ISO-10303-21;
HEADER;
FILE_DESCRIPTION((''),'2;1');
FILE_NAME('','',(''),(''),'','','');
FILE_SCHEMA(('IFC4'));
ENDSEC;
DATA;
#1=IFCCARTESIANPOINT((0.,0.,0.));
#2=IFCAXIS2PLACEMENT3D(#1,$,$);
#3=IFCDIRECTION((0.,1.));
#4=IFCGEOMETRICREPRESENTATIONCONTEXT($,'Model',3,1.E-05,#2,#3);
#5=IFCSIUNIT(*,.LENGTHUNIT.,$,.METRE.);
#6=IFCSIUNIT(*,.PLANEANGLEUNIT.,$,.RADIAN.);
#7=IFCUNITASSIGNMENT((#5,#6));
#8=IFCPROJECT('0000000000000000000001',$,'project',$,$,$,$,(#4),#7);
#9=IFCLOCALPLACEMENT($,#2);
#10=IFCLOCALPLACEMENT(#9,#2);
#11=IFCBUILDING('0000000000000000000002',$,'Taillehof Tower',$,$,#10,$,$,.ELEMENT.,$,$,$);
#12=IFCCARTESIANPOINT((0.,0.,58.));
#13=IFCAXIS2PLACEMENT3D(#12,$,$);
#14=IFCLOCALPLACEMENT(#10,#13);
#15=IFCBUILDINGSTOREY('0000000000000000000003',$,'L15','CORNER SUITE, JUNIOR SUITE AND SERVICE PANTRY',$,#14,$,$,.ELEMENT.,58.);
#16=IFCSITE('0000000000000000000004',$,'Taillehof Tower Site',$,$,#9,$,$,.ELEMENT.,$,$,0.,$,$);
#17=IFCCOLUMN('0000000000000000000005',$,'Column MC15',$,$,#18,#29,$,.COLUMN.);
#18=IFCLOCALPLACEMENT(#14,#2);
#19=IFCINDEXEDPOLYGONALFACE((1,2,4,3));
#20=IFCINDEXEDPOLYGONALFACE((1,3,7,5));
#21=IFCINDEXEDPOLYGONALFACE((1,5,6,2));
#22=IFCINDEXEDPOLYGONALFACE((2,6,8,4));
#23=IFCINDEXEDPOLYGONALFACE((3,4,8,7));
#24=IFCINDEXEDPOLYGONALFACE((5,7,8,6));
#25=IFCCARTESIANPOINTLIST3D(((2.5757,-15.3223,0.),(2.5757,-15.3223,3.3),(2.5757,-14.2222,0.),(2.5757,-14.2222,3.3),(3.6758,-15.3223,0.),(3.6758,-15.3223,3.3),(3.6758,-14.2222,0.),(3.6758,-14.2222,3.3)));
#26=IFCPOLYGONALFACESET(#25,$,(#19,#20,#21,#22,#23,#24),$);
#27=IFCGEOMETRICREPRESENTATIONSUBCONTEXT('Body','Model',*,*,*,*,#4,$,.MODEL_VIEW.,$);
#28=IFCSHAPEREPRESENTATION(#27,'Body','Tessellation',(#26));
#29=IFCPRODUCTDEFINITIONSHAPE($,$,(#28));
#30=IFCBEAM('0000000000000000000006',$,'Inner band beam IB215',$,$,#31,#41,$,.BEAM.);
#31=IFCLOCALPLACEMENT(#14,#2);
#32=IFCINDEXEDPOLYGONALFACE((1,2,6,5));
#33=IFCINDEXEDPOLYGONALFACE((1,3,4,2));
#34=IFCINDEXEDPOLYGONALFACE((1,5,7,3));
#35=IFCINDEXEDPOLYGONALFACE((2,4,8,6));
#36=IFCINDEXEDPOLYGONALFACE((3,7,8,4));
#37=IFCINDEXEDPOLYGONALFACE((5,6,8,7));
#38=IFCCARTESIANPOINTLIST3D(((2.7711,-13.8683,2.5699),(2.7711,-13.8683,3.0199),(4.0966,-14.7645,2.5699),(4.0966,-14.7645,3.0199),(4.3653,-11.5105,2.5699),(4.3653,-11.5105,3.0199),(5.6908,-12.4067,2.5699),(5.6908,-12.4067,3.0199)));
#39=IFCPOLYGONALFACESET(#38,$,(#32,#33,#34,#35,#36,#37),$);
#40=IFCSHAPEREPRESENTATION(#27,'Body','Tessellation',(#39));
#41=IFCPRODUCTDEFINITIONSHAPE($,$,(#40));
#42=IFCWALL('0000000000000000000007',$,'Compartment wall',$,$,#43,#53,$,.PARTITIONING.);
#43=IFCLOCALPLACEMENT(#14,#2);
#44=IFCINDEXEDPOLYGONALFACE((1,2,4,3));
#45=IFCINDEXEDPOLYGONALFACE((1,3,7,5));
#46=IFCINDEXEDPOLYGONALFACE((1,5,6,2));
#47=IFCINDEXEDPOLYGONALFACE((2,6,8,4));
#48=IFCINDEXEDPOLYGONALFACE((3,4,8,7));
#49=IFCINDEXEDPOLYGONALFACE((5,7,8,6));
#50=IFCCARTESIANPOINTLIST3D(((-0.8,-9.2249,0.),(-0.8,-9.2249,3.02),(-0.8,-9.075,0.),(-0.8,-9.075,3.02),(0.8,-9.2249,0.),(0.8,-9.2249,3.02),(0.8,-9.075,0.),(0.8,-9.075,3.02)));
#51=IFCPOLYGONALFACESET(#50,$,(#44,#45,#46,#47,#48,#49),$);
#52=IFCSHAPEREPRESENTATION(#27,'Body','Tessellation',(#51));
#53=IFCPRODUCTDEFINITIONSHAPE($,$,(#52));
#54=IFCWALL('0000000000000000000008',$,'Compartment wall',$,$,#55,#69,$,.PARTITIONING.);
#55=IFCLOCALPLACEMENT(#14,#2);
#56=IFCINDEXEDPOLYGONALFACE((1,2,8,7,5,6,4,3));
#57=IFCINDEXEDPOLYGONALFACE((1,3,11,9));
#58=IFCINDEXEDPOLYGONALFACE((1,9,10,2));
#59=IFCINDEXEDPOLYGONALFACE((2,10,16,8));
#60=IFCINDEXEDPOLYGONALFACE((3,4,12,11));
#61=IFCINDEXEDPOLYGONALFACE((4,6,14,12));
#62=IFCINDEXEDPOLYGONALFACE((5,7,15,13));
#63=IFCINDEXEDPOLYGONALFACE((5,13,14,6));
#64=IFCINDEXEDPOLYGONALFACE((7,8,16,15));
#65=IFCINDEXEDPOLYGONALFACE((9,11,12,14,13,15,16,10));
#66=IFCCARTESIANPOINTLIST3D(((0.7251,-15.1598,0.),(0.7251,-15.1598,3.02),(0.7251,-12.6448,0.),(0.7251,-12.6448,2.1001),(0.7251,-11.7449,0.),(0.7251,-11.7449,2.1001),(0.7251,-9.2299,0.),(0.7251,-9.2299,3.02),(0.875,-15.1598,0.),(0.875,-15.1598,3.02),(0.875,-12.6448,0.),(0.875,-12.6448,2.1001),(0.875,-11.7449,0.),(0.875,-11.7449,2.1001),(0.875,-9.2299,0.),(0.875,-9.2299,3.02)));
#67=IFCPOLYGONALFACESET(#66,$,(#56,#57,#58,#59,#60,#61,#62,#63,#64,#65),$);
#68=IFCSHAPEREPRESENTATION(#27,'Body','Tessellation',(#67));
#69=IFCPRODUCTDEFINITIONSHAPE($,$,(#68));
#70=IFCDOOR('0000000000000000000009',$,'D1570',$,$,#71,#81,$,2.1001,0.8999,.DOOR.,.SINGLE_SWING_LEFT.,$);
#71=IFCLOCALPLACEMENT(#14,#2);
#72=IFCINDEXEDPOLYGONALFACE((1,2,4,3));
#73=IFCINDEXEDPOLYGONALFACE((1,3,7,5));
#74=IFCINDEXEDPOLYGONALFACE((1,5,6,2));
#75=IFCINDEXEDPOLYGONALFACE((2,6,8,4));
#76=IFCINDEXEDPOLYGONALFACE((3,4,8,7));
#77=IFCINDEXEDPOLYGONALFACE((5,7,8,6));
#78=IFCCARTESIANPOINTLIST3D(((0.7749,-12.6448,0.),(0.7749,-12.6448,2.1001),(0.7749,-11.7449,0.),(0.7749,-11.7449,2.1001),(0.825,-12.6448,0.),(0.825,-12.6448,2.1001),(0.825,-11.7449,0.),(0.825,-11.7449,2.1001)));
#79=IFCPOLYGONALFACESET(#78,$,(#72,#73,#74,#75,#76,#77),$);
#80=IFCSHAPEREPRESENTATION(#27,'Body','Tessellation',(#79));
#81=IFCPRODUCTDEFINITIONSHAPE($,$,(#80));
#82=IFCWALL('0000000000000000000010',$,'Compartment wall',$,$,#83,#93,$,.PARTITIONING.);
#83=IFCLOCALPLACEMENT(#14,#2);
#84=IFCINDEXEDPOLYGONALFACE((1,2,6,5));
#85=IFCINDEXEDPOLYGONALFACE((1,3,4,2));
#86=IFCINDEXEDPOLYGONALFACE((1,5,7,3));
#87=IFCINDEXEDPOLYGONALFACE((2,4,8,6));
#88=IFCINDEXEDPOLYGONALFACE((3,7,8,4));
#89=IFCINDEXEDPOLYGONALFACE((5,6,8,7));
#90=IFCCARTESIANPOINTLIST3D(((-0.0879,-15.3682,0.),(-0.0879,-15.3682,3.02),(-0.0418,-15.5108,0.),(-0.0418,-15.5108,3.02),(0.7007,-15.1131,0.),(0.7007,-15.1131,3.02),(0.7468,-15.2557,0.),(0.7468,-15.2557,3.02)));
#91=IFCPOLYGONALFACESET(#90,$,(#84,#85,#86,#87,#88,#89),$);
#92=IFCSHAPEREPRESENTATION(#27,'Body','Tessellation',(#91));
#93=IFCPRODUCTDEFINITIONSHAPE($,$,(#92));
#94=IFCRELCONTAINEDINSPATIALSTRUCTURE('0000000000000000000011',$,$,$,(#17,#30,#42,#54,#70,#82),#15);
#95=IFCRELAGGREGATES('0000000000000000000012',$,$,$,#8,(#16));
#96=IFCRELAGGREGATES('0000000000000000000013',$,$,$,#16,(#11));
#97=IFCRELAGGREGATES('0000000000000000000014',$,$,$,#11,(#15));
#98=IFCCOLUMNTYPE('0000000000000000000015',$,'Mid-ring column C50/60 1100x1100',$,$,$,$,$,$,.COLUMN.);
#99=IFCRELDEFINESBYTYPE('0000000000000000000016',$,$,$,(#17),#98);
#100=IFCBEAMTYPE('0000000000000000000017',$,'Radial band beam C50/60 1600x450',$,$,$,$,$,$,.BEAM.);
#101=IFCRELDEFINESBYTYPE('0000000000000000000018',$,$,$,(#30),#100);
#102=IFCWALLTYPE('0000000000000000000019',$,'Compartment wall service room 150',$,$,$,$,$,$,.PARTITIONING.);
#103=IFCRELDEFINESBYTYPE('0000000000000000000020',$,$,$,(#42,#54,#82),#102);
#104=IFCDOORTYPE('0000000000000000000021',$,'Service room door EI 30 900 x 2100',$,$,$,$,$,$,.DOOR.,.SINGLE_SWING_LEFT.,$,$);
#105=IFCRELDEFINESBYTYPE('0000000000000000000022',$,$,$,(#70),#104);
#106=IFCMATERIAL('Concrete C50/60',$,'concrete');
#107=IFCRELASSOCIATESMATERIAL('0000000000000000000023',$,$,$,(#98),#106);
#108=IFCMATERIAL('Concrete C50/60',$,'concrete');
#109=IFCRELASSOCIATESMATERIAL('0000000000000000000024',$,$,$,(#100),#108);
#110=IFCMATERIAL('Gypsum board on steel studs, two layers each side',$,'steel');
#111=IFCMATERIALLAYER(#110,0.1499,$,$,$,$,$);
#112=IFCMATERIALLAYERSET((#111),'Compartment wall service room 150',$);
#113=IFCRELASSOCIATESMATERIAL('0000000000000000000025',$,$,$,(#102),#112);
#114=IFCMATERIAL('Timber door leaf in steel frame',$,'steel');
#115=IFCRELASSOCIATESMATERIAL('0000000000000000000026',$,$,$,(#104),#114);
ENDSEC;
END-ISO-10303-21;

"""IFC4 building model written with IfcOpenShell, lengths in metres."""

from ifc_helpers import new_model, si_unit, direction, frame, frame_2d, origin, origin_2d, place, context, subcontext, project, spatial, rectangle, extrude, material, layer, layer_set, material_profile, profile_set, type_object, element, fill, save


model = new_model("IFC4")

# Units and contexts
model_context = context("Model", 3, precision=1e-05, world=origin(), true_north=direction((0.0, 1.0)))
body_context = subcontext(model_context, "Body", "Model", "MODEL_VIEW")
ifc_project = project(units=[si_unit("LENGTHUNIT", "METRE"), si_unit("PLANEANGLEUNIT", "RADIAN")], contexts=[model_context])

# Site, building, storey
site_placement = place(None, origin())
site = spatial("IfcSite", under=ifc_project, at=site_placement, Name="Taillehof Tower Site", CompositionType="ELEMENT", RefElevation=0.0)
building_placement = place(site_placement, origin())
building = spatial("IfcBuilding", under=site, at=building_placement, Name="Taillehof Tower", CompositionType="ELEMENT")
storey_placement = place(building_placement, frame((0.0, 0.0, 58.0)))
storey = spatial("IfcBuildingStorey", under=building, at=storey_placement, Name="L15", Description="CORNER SUITE, JUNIOR SUITE AND SERVICE PANTRY", CompositionType="ELEMENT", Elevation=58.0)

# Column
ifc_material_1 = material(Name="Concrete C50/60", Category="concrete")
ifc_material_profile_1 = material_profile(ifc_material_1, rectangle(XDim=1.1001, YDim=1.1001, at=origin_2d()), Name="RC 1100x1100")
ifc_profile_set_1 = profile_set([ifc_material_profile_1], Name="Concrete C50/60")
column_type = type_object("IfcColumnType", Name="Mid-ring column C50/60 1100x1100", PredefinedType="COLUMN", material=ifc_profile_set_1)
column_placement = place(storey_placement, frame((3.1257, -14.7722, 0.0), z_axis=(0.0, 0.0, 1.0), x_axis=(1.0, 0.0, 0.0)))
element("IfcColumn", 1, at=column_placement, inside=storey, type_object=column_type, Name="Column MC15", PredefinedType="COLUMN", context=body_context, shape_type="SweptSolid", body=[
    extrude(rectangle(XDim=1.1001, YDim=1.1001, at=origin_2d()), origin(), (0.0, 0.0, 1.0), 3.3),
])

# Beam
ifc_material_2 = material(Name="Concrete C50/60", Category="concrete")
ifc_material_profile_2 = material_profile(ifc_material_2, rectangle(XDim=1.6001, YDim=0.45, at=origin_2d()), Name="RC 1600x450")
ifc_profile_set_2 = profile_set([ifc_material_profile_2], Name="Concrete C50/60")
beam_type = type_object("IfcBeamType", Name="Radial band beam C50/60 1600x450", PredefinedType="BEAM", material=ifc_profile_set_2)
beam_placement = place(storey_placement, frame((3.4338, -14.3164, 2.7949), z_axis=(0.560112, 0.828417, 0.0), x_axis=(-0.828417, 0.560112, 0.0)))
element("IfcBeam", 2, at=beam_placement, inside=storey, type_object=beam_type, Name="Inner band beam IB215", PredefinedType="BEAM", context=body_context, shape_type="SweptSolid", body=[
    extrude(rectangle(XDim=1.6001, YDim=0.45, at=origin_2d()), origin(), (0.0, 0.0, 1.0), 2.8462),
])

# Wall
ifc_material_3 = material(Name="Gypsum board on steel studs, two layers each side", Category="steel")
ifc_layer_1 = layer(ifc_material_3, 0.1499)
ifc_layer_set_1 = layer_set([ifc_layer_1], Name="Compartment wall service room 150")
wall_type_1 = type_object("IfcWallType", Name="Compartment wall service room 150", PredefinedType="PARTITIONING", material=ifc_layer_set_1)
wall_1_placement = place(storey_placement, frame((-0.8, -9.1499, 0.0), z_axis=(0.0, 0.0, 1.0), x_axis=(1.0, 0.0, 0.0)))
element("IfcWall", 3, at=wall_1_placement, inside=storey, type_object=wall_type_1, Name="Compartment wall", PredefinedType="PARTITIONING", context=body_context, shape_type="SweptSolid", body=[
    extrude(rectangle(XDim=1.6001, YDim=0.1499, at=frame_2d((0.8, 0.0))), origin(), (0.0, 0.0, 1.0), 3.02),
])

# Wall, opening, door
wall_2_placement = place(storey_placement, frame((0.8, -9.23, 0.0), z_axis=(0.0, 0.0, 1.0), x_axis=(0.0, -1.0, 0.0)))
wall_2 = element("IfcWall", 4, at=wall_2_placement, inside=storey, type_object=wall_type_1, Name="Compartment wall", PredefinedType="PARTITIONING", context=body_context, shape_type="SweptSolid", body=[
    extrude(rectangle(XDim=5.9299, YDim=0.1499, at=frame_2d((2.9648, 0.0))), origin(), (0.0, 0.0, 1.0), 3.02),
])
opening_1_placement = place(wall_2_placement, frame((2.5149, 0.0, 0.0)))
opening_1 = element("IfcOpeningElement", 5, at=opening_1_placement, cuts=wall_2, PredefinedType="OPENING", context=body_context, shape_type="SweptSolid", body=[
    extrude(rectangle(XDim=0.8999, YDim=2.1001, at=frame_2d((0.45, 1.05))), frame((0.0, 0.085, 0.0), z_axis=(0.0, -1.0, 0.0), x_axis=(1.0, 0.0, 0.0)), (0.0, 0.0, 1.0), 0.1699),
])
ifc_material_4 = material(Name="Timber door leaf in steel frame", Category="steel")
door_type_1 = type_object("IfcDoorType", Name="Service room door EI 30 900 x 2100", OperationType="SINGLE_SWING_LEFT", PredefinedType="DOOR", material=ifc_material_4)
door_1_placement = place(opening_1_placement, origin())
door_1 = element("IfcDoor", 6, at=door_1_placement, inside=storey, type_object=door_type_1, Name="D1570", OperationType="SINGLE_SWING_LEFT", OverallHeight=2.1001, OverallWidth=0.8999, PredefinedType="DOOR", context=body_context, shape_type="SweptSolid", body=[
    extrude(rectangle(XDim=0.8999, YDim=2.1001, at=frame_2d((0.45, 1.05))), frame((0.0, 0.0249, 0.0), z_axis=(0.0, -1.0, 0.0), x_axis=(1.0, 0.0, 0.0)), (0.0, 0.0, 1.0), 0.05),
])
fill(opening_1, door_1)

# Wall
wall_3_placement = place(storey_placement, frame((0.7239, -15.1843, 0.0), z_axis=(0.0, 0.0, 1.0), x_axis=(-0.951445, -0.30782, 0.0)))
element("IfcWall", 7, at=wall_3_placement, inside=storey, type_object=wall_type_1, Name="Compartment wall", PredefinedType="PARTITIONING", context=body_context, shape_type="SweptSolid", body=[
    extrude(rectangle(XDim=0.8289, YDim=0.1499, at=frame_2d((0.4146, 0.0))), origin(), (0.0, 0.0, 1.0), 3.02),
])

save(model, "model.ifc")
